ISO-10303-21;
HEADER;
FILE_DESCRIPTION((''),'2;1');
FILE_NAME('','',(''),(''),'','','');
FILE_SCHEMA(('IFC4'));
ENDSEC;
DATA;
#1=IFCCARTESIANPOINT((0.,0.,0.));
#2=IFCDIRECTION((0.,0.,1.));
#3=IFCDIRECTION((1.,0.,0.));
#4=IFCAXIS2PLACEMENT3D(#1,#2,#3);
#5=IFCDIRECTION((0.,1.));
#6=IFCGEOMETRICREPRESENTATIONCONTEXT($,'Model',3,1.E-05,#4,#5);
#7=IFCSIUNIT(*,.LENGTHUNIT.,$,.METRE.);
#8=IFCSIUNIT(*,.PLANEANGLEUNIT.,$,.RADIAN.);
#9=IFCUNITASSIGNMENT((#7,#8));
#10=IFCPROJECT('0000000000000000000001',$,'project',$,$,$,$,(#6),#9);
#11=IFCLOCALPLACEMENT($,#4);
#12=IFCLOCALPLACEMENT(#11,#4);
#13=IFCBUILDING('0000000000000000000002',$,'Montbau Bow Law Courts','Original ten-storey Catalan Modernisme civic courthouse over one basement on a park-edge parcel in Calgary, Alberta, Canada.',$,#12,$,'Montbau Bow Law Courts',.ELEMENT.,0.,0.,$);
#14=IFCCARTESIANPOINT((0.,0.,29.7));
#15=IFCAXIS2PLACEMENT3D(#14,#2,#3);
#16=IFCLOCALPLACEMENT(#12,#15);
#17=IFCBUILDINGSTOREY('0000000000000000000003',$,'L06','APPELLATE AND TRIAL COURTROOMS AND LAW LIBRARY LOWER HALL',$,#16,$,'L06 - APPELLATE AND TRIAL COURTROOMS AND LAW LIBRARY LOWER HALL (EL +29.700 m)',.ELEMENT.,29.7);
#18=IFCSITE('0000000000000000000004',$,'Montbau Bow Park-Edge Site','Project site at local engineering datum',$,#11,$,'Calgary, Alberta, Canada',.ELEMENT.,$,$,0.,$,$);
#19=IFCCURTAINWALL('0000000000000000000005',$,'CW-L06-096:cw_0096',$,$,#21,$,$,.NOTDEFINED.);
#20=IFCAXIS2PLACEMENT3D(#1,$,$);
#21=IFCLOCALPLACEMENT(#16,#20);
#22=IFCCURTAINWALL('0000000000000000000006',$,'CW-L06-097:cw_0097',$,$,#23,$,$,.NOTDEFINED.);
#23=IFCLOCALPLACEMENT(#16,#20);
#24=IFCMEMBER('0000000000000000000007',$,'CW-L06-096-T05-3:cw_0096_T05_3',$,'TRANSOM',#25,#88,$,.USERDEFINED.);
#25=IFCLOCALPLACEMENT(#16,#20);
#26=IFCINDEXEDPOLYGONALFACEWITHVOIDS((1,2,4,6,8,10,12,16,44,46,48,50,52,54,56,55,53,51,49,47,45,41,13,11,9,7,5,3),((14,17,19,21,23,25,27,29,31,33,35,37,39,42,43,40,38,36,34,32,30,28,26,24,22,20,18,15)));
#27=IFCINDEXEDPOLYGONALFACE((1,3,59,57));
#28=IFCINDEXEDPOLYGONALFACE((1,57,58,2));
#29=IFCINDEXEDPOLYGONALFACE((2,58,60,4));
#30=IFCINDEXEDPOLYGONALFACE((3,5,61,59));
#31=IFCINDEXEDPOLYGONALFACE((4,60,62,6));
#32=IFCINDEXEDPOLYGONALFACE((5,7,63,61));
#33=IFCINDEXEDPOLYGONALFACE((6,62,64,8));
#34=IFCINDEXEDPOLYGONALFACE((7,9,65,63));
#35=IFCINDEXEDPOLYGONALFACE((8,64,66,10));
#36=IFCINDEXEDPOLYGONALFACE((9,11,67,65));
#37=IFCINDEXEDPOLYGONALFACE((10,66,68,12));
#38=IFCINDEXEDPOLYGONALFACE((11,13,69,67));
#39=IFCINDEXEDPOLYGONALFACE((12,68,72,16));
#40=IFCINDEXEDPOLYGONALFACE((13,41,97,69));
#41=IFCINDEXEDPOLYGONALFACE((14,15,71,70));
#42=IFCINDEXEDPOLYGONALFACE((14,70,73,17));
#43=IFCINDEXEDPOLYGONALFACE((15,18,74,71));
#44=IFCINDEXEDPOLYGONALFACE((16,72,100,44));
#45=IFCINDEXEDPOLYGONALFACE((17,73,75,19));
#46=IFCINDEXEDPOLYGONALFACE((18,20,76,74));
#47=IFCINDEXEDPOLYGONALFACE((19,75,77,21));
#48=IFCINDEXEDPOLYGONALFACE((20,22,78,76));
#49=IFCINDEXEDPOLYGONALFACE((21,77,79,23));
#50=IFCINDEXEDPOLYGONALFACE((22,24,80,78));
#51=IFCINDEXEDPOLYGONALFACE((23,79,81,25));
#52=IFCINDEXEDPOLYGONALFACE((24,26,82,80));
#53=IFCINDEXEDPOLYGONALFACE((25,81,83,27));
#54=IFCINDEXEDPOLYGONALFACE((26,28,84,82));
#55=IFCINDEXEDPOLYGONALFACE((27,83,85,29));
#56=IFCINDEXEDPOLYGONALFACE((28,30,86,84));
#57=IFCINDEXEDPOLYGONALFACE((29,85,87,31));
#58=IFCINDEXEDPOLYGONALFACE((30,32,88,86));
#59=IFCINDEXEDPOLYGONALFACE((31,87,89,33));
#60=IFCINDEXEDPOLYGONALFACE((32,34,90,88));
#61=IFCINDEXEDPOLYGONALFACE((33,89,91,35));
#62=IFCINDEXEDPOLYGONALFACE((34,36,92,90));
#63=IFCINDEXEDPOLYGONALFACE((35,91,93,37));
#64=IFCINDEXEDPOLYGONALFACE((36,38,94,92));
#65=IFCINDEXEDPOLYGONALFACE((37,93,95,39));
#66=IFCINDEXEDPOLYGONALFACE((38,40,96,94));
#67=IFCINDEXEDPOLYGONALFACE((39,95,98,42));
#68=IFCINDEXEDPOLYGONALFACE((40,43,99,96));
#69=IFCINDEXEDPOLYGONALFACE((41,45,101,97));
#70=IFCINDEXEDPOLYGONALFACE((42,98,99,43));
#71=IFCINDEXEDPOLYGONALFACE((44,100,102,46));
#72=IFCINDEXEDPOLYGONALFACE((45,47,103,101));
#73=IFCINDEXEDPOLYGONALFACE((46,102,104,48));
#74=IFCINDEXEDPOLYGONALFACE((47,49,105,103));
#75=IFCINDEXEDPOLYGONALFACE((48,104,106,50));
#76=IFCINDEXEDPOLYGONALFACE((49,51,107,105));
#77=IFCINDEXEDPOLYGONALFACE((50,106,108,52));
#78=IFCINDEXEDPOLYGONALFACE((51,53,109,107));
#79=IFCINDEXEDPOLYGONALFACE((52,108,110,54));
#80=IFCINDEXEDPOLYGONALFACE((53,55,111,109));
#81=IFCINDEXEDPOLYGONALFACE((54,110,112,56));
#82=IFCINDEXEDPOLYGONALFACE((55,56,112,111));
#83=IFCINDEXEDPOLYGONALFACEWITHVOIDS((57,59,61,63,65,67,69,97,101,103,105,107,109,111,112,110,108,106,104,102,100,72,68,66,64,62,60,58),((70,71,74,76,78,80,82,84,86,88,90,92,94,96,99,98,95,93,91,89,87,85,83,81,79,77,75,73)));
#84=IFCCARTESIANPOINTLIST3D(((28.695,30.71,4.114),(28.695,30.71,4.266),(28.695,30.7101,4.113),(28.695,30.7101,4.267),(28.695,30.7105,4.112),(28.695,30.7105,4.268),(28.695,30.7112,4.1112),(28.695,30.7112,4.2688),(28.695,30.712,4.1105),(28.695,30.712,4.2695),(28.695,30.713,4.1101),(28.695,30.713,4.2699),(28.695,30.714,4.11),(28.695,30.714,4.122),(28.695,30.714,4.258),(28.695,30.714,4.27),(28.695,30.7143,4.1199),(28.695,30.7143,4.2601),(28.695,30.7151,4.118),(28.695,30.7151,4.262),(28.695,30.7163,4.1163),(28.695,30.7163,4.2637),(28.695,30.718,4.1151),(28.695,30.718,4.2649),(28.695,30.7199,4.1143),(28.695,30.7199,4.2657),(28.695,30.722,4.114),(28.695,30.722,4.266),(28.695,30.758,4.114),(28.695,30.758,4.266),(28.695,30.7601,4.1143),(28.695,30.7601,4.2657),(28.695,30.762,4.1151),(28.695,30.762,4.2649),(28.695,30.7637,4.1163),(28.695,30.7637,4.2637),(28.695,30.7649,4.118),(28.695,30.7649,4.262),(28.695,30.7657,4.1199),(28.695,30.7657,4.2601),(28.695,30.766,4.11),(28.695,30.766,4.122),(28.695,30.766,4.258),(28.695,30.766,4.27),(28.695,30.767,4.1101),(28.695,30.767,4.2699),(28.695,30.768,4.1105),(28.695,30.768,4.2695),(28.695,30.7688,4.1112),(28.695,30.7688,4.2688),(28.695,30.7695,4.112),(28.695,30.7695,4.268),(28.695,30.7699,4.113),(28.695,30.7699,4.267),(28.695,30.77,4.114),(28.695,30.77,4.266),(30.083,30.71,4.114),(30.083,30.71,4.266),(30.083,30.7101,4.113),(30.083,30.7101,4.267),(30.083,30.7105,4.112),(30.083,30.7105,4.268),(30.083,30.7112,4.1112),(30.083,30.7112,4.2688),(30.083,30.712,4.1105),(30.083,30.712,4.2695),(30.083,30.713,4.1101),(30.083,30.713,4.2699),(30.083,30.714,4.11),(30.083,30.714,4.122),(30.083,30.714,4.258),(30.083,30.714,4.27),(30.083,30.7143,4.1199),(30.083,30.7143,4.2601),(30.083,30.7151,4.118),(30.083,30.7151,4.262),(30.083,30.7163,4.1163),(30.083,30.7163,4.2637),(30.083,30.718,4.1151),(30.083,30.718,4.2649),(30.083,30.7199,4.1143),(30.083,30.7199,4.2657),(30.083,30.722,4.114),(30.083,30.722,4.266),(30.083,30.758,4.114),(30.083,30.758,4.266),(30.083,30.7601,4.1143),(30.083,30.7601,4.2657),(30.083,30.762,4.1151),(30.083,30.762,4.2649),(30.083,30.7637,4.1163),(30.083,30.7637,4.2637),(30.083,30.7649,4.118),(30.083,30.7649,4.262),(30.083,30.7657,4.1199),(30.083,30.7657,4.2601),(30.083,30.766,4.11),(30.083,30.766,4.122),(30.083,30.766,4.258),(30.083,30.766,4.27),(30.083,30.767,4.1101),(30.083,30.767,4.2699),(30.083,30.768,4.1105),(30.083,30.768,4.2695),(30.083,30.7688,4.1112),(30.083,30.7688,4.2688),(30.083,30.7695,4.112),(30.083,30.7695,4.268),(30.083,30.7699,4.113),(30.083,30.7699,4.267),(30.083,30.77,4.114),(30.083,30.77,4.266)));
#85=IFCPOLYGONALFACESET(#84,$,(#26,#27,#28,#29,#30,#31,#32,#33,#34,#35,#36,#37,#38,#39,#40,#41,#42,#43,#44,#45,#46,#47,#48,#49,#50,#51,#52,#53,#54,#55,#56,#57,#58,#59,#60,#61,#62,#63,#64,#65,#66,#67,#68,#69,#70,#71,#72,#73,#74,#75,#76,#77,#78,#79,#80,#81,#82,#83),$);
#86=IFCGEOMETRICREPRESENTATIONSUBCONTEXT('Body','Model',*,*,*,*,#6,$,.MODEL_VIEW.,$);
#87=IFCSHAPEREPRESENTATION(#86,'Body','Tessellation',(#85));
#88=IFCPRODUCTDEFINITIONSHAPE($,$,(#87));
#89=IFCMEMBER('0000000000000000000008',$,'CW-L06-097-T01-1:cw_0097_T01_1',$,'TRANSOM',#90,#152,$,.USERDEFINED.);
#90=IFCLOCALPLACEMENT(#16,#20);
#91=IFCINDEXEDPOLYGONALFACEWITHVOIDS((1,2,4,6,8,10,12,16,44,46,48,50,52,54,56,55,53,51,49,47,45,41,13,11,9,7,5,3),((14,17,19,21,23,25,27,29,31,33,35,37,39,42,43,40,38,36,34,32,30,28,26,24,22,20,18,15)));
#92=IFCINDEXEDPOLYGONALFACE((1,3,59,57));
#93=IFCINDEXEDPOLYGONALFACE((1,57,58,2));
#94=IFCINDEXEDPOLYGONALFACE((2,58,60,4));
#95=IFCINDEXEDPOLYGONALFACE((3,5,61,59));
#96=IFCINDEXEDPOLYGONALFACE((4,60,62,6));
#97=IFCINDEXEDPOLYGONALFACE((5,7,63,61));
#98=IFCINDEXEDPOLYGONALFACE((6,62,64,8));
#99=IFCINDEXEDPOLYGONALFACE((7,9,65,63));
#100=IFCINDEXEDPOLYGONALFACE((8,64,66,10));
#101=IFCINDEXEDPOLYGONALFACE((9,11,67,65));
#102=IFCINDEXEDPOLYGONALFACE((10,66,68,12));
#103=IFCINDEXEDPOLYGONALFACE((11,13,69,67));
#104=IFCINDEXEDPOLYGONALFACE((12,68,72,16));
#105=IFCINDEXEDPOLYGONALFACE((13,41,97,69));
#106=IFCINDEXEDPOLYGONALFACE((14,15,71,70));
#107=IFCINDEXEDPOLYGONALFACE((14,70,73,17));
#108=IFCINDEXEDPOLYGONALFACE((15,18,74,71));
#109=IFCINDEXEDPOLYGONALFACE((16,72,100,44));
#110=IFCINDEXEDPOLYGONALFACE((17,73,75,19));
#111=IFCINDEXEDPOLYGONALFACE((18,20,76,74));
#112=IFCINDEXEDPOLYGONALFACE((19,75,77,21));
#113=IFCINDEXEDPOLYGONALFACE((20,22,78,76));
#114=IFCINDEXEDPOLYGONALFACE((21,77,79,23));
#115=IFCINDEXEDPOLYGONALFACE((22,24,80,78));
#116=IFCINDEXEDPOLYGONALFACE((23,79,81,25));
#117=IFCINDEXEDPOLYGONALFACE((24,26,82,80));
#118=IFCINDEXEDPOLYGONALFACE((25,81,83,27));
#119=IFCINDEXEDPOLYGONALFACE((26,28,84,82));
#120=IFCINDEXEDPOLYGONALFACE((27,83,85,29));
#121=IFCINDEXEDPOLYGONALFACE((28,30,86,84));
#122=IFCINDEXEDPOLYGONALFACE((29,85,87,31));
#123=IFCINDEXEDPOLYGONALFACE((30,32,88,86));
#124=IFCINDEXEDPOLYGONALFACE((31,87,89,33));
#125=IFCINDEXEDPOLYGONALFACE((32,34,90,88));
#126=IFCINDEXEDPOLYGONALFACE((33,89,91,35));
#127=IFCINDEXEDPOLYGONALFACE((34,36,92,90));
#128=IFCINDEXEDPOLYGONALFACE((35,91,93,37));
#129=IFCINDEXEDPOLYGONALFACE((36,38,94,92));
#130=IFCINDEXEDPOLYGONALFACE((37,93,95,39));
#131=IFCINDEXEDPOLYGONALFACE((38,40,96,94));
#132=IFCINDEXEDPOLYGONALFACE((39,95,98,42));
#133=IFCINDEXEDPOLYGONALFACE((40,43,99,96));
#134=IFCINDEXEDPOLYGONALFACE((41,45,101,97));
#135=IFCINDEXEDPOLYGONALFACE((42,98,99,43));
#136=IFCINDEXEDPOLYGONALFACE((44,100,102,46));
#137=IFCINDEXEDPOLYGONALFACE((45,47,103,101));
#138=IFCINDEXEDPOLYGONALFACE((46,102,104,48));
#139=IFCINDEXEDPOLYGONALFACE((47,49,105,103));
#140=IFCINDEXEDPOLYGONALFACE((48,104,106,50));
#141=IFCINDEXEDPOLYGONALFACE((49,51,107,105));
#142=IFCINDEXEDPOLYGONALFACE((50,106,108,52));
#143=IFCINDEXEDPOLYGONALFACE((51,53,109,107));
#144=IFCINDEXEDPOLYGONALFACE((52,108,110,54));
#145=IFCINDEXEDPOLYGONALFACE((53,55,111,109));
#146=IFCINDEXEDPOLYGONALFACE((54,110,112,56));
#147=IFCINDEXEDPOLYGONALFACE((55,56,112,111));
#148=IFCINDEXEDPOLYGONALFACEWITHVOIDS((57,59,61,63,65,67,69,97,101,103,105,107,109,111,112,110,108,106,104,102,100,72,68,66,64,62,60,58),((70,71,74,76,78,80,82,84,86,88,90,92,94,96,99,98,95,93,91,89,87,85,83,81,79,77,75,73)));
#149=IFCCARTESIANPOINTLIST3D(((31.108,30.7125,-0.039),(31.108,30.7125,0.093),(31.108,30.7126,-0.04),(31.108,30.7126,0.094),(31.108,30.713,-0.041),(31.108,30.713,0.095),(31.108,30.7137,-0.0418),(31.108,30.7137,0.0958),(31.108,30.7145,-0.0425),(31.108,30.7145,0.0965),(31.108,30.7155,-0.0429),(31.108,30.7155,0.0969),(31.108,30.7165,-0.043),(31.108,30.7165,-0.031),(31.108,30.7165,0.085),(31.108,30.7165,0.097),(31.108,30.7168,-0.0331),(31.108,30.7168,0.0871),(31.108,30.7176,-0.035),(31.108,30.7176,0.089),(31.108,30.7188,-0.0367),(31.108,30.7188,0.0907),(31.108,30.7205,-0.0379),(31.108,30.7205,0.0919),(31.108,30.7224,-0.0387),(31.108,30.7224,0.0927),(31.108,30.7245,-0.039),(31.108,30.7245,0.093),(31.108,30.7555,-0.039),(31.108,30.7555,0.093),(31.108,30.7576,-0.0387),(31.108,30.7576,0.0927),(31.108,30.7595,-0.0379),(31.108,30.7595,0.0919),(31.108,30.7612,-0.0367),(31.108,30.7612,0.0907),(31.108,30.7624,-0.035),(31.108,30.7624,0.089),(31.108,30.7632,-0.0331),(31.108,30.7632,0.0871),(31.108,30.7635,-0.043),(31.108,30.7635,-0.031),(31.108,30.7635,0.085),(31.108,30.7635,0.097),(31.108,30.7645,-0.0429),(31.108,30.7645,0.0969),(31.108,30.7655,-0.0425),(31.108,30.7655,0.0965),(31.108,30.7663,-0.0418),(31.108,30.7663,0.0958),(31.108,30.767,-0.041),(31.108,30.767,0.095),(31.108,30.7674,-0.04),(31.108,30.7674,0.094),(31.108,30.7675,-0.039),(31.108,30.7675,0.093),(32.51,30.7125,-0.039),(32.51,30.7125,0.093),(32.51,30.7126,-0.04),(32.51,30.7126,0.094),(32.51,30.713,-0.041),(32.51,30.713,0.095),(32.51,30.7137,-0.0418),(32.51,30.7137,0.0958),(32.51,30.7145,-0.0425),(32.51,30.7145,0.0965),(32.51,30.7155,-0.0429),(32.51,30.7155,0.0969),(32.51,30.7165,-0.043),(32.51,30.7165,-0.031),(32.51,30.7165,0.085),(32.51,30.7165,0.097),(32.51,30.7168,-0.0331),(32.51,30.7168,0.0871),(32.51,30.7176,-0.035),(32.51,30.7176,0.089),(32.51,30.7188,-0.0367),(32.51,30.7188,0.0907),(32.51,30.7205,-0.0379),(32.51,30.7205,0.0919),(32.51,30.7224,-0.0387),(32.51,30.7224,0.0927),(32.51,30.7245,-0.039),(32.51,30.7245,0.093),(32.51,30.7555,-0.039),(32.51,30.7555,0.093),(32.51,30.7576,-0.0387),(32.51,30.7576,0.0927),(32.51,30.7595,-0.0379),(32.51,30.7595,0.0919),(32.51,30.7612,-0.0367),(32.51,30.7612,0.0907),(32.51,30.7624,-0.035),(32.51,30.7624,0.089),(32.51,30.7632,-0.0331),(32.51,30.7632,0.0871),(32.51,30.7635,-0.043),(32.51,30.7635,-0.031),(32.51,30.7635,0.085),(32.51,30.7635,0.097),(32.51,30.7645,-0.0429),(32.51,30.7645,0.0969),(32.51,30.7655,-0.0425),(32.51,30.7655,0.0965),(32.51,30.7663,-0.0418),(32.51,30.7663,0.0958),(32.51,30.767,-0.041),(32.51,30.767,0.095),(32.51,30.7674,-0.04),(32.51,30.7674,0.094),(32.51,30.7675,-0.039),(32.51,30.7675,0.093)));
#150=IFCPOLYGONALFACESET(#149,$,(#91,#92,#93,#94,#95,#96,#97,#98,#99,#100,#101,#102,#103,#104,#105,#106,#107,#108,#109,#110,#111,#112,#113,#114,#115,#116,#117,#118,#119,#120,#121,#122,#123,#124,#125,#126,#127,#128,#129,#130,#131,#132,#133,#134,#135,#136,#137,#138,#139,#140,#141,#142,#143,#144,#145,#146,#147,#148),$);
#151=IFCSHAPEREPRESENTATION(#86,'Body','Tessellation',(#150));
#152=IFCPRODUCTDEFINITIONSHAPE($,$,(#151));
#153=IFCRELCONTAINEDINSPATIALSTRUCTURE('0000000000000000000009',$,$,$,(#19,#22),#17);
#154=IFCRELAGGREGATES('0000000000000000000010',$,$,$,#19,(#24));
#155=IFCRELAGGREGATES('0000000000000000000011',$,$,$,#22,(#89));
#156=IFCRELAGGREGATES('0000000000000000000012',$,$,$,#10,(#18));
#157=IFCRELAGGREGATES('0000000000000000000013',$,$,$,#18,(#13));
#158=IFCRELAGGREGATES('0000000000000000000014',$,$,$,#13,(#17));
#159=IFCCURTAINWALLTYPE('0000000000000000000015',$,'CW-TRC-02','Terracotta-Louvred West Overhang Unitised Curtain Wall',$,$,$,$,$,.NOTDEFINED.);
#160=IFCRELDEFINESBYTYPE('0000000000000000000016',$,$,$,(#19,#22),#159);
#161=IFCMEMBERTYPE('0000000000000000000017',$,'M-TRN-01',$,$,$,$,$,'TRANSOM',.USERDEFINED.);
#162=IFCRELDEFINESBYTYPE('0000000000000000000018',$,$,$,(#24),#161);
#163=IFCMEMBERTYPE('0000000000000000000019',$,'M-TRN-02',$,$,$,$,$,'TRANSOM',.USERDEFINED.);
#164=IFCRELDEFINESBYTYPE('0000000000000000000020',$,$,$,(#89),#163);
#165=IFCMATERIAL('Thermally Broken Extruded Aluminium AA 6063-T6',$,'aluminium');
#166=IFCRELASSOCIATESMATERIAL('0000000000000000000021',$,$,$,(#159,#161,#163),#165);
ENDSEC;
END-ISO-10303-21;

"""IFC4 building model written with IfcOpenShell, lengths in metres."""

from ifc_helpers import new_model, si_unit, direction, frame, origin_with_axes, origin_2d_with_axis, place, context, subcontext, project, spatial, hollow_rectangle, extrude, material, material_profile, profile_set, type_object, element, aggregate, save


model = new_model("IFC4")

# Units and contexts
model_context = context("Model", 3, precision=1e-05, world=origin_with_axes(), true_north=direction((0.0, 1.0)))
body_context = subcontext(model_context, "Body", "Model", "MODEL_VIEW")
ifc_project = project(units=[si_unit("LENGTHUNIT", "METRE"), si_unit("PLANEANGLEUNIT", "RADIAN")], contexts=[model_context])

# Site, building, storey
site_placement = place(None, origin_with_axes())
site = spatial("IfcSite", under=ifc_project, at=site_placement, Name="Montbau Bow Park-Edge Site", Description="Project site at local engineering datum", LongName="Calgary, Alberta, Canada", CompositionType="ELEMENT", RefElevation=0.0)
building_placement = place(site_placement, origin_with_axes())
building = spatial("IfcBuilding", under=site, at=building_placement, Name="Montbau Bow Law Courts", Description="Original ten-storey Catalan Modernisme civic courthouse over one basement on a park-edge parcel in Calgary, Alberta, Canada.", LongName="Montbau Bow Law Courts", CompositionType="ELEMENT", ElevationOfRefHeight=0.0, ElevationOfTerrain=0.0)
storey_placement = place(building_placement, frame((0.0, 0.0, 29.7), z_axis=(0.0, 0.0, 1.0), x_axis=(1.0, 0.0, 0.0)))
storey = spatial("IfcBuildingStorey", under=building, at=storey_placement, Name="L06", Description="APPELLATE AND TRIAL COURTROOMS AND LAW LIBRARY LOWER HALL", LongName="L06 - APPELLATE AND TRIAL COURTROOMS AND LAW LIBRARY LOWER HALL (EL +29.700 m)", CompositionType="ELEMENT", Elevation=29.7)

# Curtain walls
ifc_material_1 = material(Name="Thermally Broken Extruded Aluminium AA 6063-T6", Category="aluminium")
curtain_wall_type = type_object("IfcCurtainWallType", Name="CW-TRC-02", Description="Terracotta-Louvred West Overhang Unitised Curtain Wall", PredefinedType="NOTDEFINED", material=ifc_material_1)
curtain_wall_1_placement = place(None, frame((22.64, 30.74, 29.7), z_axis=(0.0, 0.0, 1.0), x_axis=(1.0, 0.0, 0.0)))
curtain_wall_1 = element("IfcCurtainWall", 1, at=curtain_wall_1_placement, inside=storey, type_object=curtain_wall_type, Name="CW-L06-096:cw_0096", PredefinedType="NOTDEFINED")
curtain_wall_2_placement = place(None, frame((31.04, 30.74, 29.7), z_axis=(0.0, 0.0, 1.0), x_axis=(1.0, 0.0, 0.0)))
curtain_wall_2 = element("IfcCurtainWall", 2, at=curtain_wall_2_placement, inside=storey, type_object=curtain_wall_type, Name="CW-L06-097:cw_0097", PredefinedType="NOTDEFINED")

# Members
ifc_material_profile_1 = material_profile(ifc_material_1, hollow_rectangle(XDim=0.06, YDim=0.16, WallThickness=0.004, InnerFilletRadius=0.008, OuterFilletRadius=0.004, at=origin_2d_with_axis()), Name="CWT-160X60", Category="Main", Priority=0)
ifc_profile_set_1 = profile_set([ifc_material_profile_1], Name="Thermally Broken Extruded Aluminium AA 6063-T6")
member_type_1 = type_object("IfcMemberType", Name="M-TRN-01", ElementType="TRANSOM", PredefinedType="USERDEFINED", material=ifc_profile_set_1)
member_1_placement = place(None, frame((28.695, 30.74, 33.89), z_axis=(1.0, 0.0, 0.0), x_axis=(0.0, 1.0, 0.0)))
member_1 = element("IfcMember", 3, at=member_1_placement, type_object=member_type_1, Name="CW-L06-096-T05-3:cw_0096_T05_3", ObjectType="TRANSOM", PredefinedType="USERDEFINED", context=body_context, shape_type="SweptSolid", body=[
    extrude(hollow_rectangle(XDim=0.06, YDim=0.16, WallThickness=0.004, InnerFilletRadius=0.008, OuterFilletRadius=0.004, at=origin_2d_with_axis()), origin_with_axes(), (0.0, 0.0, 1.0), 1.388),
])
ifc_material_profile_2 = material_profile(ifc_material_1, hollow_rectangle(XDim=0.055, YDim=0.14, WallThickness=0.004, InnerFilletRadius=0.008, OuterFilletRadius=0.004, at=origin_2d_with_axis()), Name="CWT-140X55", Category="Main", Priority=0)
ifc_profile_set_2 = profile_set([ifc_material_profile_2], Name="Thermally Broken Extruded Aluminium AA 6063-T6")
member_type_2 = type_object("IfcMemberType", Name="M-TRN-02", ElementType="TRANSOM", PredefinedType="USERDEFINED", material=ifc_profile_set_2)
member_2_placement = place(None, frame((31.108, 30.74, 29.727), z_axis=(1.0, 0.0, 0.0), x_axis=(0.0, 1.0, 0.0)))
member_2 = element("IfcMember", 4, at=member_2_placement, type_object=member_type_2, Name="CW-L06-097-T01-1:cw_0097_T01_1", ObjectType="TRANSOM", PredefinedType="USERDEFINED", context=body_context, shape_type="SweptSolid", body=[
    extrude(hollow_rectangle(XDim=0.055, YDim=0.14, WallThickness=0.004, InnerFilletRadius=0.008, OuterFilletRadius=0.004, at=origin_2d_with_axis()), origin_with_axes(), (0.0, 0.0, 1.0), 1.402),
])

aggregate(curtain_wall_1, [member_1])
aggregate(curtain_wall_2, [member_2])

save(model, "model.ifc")
